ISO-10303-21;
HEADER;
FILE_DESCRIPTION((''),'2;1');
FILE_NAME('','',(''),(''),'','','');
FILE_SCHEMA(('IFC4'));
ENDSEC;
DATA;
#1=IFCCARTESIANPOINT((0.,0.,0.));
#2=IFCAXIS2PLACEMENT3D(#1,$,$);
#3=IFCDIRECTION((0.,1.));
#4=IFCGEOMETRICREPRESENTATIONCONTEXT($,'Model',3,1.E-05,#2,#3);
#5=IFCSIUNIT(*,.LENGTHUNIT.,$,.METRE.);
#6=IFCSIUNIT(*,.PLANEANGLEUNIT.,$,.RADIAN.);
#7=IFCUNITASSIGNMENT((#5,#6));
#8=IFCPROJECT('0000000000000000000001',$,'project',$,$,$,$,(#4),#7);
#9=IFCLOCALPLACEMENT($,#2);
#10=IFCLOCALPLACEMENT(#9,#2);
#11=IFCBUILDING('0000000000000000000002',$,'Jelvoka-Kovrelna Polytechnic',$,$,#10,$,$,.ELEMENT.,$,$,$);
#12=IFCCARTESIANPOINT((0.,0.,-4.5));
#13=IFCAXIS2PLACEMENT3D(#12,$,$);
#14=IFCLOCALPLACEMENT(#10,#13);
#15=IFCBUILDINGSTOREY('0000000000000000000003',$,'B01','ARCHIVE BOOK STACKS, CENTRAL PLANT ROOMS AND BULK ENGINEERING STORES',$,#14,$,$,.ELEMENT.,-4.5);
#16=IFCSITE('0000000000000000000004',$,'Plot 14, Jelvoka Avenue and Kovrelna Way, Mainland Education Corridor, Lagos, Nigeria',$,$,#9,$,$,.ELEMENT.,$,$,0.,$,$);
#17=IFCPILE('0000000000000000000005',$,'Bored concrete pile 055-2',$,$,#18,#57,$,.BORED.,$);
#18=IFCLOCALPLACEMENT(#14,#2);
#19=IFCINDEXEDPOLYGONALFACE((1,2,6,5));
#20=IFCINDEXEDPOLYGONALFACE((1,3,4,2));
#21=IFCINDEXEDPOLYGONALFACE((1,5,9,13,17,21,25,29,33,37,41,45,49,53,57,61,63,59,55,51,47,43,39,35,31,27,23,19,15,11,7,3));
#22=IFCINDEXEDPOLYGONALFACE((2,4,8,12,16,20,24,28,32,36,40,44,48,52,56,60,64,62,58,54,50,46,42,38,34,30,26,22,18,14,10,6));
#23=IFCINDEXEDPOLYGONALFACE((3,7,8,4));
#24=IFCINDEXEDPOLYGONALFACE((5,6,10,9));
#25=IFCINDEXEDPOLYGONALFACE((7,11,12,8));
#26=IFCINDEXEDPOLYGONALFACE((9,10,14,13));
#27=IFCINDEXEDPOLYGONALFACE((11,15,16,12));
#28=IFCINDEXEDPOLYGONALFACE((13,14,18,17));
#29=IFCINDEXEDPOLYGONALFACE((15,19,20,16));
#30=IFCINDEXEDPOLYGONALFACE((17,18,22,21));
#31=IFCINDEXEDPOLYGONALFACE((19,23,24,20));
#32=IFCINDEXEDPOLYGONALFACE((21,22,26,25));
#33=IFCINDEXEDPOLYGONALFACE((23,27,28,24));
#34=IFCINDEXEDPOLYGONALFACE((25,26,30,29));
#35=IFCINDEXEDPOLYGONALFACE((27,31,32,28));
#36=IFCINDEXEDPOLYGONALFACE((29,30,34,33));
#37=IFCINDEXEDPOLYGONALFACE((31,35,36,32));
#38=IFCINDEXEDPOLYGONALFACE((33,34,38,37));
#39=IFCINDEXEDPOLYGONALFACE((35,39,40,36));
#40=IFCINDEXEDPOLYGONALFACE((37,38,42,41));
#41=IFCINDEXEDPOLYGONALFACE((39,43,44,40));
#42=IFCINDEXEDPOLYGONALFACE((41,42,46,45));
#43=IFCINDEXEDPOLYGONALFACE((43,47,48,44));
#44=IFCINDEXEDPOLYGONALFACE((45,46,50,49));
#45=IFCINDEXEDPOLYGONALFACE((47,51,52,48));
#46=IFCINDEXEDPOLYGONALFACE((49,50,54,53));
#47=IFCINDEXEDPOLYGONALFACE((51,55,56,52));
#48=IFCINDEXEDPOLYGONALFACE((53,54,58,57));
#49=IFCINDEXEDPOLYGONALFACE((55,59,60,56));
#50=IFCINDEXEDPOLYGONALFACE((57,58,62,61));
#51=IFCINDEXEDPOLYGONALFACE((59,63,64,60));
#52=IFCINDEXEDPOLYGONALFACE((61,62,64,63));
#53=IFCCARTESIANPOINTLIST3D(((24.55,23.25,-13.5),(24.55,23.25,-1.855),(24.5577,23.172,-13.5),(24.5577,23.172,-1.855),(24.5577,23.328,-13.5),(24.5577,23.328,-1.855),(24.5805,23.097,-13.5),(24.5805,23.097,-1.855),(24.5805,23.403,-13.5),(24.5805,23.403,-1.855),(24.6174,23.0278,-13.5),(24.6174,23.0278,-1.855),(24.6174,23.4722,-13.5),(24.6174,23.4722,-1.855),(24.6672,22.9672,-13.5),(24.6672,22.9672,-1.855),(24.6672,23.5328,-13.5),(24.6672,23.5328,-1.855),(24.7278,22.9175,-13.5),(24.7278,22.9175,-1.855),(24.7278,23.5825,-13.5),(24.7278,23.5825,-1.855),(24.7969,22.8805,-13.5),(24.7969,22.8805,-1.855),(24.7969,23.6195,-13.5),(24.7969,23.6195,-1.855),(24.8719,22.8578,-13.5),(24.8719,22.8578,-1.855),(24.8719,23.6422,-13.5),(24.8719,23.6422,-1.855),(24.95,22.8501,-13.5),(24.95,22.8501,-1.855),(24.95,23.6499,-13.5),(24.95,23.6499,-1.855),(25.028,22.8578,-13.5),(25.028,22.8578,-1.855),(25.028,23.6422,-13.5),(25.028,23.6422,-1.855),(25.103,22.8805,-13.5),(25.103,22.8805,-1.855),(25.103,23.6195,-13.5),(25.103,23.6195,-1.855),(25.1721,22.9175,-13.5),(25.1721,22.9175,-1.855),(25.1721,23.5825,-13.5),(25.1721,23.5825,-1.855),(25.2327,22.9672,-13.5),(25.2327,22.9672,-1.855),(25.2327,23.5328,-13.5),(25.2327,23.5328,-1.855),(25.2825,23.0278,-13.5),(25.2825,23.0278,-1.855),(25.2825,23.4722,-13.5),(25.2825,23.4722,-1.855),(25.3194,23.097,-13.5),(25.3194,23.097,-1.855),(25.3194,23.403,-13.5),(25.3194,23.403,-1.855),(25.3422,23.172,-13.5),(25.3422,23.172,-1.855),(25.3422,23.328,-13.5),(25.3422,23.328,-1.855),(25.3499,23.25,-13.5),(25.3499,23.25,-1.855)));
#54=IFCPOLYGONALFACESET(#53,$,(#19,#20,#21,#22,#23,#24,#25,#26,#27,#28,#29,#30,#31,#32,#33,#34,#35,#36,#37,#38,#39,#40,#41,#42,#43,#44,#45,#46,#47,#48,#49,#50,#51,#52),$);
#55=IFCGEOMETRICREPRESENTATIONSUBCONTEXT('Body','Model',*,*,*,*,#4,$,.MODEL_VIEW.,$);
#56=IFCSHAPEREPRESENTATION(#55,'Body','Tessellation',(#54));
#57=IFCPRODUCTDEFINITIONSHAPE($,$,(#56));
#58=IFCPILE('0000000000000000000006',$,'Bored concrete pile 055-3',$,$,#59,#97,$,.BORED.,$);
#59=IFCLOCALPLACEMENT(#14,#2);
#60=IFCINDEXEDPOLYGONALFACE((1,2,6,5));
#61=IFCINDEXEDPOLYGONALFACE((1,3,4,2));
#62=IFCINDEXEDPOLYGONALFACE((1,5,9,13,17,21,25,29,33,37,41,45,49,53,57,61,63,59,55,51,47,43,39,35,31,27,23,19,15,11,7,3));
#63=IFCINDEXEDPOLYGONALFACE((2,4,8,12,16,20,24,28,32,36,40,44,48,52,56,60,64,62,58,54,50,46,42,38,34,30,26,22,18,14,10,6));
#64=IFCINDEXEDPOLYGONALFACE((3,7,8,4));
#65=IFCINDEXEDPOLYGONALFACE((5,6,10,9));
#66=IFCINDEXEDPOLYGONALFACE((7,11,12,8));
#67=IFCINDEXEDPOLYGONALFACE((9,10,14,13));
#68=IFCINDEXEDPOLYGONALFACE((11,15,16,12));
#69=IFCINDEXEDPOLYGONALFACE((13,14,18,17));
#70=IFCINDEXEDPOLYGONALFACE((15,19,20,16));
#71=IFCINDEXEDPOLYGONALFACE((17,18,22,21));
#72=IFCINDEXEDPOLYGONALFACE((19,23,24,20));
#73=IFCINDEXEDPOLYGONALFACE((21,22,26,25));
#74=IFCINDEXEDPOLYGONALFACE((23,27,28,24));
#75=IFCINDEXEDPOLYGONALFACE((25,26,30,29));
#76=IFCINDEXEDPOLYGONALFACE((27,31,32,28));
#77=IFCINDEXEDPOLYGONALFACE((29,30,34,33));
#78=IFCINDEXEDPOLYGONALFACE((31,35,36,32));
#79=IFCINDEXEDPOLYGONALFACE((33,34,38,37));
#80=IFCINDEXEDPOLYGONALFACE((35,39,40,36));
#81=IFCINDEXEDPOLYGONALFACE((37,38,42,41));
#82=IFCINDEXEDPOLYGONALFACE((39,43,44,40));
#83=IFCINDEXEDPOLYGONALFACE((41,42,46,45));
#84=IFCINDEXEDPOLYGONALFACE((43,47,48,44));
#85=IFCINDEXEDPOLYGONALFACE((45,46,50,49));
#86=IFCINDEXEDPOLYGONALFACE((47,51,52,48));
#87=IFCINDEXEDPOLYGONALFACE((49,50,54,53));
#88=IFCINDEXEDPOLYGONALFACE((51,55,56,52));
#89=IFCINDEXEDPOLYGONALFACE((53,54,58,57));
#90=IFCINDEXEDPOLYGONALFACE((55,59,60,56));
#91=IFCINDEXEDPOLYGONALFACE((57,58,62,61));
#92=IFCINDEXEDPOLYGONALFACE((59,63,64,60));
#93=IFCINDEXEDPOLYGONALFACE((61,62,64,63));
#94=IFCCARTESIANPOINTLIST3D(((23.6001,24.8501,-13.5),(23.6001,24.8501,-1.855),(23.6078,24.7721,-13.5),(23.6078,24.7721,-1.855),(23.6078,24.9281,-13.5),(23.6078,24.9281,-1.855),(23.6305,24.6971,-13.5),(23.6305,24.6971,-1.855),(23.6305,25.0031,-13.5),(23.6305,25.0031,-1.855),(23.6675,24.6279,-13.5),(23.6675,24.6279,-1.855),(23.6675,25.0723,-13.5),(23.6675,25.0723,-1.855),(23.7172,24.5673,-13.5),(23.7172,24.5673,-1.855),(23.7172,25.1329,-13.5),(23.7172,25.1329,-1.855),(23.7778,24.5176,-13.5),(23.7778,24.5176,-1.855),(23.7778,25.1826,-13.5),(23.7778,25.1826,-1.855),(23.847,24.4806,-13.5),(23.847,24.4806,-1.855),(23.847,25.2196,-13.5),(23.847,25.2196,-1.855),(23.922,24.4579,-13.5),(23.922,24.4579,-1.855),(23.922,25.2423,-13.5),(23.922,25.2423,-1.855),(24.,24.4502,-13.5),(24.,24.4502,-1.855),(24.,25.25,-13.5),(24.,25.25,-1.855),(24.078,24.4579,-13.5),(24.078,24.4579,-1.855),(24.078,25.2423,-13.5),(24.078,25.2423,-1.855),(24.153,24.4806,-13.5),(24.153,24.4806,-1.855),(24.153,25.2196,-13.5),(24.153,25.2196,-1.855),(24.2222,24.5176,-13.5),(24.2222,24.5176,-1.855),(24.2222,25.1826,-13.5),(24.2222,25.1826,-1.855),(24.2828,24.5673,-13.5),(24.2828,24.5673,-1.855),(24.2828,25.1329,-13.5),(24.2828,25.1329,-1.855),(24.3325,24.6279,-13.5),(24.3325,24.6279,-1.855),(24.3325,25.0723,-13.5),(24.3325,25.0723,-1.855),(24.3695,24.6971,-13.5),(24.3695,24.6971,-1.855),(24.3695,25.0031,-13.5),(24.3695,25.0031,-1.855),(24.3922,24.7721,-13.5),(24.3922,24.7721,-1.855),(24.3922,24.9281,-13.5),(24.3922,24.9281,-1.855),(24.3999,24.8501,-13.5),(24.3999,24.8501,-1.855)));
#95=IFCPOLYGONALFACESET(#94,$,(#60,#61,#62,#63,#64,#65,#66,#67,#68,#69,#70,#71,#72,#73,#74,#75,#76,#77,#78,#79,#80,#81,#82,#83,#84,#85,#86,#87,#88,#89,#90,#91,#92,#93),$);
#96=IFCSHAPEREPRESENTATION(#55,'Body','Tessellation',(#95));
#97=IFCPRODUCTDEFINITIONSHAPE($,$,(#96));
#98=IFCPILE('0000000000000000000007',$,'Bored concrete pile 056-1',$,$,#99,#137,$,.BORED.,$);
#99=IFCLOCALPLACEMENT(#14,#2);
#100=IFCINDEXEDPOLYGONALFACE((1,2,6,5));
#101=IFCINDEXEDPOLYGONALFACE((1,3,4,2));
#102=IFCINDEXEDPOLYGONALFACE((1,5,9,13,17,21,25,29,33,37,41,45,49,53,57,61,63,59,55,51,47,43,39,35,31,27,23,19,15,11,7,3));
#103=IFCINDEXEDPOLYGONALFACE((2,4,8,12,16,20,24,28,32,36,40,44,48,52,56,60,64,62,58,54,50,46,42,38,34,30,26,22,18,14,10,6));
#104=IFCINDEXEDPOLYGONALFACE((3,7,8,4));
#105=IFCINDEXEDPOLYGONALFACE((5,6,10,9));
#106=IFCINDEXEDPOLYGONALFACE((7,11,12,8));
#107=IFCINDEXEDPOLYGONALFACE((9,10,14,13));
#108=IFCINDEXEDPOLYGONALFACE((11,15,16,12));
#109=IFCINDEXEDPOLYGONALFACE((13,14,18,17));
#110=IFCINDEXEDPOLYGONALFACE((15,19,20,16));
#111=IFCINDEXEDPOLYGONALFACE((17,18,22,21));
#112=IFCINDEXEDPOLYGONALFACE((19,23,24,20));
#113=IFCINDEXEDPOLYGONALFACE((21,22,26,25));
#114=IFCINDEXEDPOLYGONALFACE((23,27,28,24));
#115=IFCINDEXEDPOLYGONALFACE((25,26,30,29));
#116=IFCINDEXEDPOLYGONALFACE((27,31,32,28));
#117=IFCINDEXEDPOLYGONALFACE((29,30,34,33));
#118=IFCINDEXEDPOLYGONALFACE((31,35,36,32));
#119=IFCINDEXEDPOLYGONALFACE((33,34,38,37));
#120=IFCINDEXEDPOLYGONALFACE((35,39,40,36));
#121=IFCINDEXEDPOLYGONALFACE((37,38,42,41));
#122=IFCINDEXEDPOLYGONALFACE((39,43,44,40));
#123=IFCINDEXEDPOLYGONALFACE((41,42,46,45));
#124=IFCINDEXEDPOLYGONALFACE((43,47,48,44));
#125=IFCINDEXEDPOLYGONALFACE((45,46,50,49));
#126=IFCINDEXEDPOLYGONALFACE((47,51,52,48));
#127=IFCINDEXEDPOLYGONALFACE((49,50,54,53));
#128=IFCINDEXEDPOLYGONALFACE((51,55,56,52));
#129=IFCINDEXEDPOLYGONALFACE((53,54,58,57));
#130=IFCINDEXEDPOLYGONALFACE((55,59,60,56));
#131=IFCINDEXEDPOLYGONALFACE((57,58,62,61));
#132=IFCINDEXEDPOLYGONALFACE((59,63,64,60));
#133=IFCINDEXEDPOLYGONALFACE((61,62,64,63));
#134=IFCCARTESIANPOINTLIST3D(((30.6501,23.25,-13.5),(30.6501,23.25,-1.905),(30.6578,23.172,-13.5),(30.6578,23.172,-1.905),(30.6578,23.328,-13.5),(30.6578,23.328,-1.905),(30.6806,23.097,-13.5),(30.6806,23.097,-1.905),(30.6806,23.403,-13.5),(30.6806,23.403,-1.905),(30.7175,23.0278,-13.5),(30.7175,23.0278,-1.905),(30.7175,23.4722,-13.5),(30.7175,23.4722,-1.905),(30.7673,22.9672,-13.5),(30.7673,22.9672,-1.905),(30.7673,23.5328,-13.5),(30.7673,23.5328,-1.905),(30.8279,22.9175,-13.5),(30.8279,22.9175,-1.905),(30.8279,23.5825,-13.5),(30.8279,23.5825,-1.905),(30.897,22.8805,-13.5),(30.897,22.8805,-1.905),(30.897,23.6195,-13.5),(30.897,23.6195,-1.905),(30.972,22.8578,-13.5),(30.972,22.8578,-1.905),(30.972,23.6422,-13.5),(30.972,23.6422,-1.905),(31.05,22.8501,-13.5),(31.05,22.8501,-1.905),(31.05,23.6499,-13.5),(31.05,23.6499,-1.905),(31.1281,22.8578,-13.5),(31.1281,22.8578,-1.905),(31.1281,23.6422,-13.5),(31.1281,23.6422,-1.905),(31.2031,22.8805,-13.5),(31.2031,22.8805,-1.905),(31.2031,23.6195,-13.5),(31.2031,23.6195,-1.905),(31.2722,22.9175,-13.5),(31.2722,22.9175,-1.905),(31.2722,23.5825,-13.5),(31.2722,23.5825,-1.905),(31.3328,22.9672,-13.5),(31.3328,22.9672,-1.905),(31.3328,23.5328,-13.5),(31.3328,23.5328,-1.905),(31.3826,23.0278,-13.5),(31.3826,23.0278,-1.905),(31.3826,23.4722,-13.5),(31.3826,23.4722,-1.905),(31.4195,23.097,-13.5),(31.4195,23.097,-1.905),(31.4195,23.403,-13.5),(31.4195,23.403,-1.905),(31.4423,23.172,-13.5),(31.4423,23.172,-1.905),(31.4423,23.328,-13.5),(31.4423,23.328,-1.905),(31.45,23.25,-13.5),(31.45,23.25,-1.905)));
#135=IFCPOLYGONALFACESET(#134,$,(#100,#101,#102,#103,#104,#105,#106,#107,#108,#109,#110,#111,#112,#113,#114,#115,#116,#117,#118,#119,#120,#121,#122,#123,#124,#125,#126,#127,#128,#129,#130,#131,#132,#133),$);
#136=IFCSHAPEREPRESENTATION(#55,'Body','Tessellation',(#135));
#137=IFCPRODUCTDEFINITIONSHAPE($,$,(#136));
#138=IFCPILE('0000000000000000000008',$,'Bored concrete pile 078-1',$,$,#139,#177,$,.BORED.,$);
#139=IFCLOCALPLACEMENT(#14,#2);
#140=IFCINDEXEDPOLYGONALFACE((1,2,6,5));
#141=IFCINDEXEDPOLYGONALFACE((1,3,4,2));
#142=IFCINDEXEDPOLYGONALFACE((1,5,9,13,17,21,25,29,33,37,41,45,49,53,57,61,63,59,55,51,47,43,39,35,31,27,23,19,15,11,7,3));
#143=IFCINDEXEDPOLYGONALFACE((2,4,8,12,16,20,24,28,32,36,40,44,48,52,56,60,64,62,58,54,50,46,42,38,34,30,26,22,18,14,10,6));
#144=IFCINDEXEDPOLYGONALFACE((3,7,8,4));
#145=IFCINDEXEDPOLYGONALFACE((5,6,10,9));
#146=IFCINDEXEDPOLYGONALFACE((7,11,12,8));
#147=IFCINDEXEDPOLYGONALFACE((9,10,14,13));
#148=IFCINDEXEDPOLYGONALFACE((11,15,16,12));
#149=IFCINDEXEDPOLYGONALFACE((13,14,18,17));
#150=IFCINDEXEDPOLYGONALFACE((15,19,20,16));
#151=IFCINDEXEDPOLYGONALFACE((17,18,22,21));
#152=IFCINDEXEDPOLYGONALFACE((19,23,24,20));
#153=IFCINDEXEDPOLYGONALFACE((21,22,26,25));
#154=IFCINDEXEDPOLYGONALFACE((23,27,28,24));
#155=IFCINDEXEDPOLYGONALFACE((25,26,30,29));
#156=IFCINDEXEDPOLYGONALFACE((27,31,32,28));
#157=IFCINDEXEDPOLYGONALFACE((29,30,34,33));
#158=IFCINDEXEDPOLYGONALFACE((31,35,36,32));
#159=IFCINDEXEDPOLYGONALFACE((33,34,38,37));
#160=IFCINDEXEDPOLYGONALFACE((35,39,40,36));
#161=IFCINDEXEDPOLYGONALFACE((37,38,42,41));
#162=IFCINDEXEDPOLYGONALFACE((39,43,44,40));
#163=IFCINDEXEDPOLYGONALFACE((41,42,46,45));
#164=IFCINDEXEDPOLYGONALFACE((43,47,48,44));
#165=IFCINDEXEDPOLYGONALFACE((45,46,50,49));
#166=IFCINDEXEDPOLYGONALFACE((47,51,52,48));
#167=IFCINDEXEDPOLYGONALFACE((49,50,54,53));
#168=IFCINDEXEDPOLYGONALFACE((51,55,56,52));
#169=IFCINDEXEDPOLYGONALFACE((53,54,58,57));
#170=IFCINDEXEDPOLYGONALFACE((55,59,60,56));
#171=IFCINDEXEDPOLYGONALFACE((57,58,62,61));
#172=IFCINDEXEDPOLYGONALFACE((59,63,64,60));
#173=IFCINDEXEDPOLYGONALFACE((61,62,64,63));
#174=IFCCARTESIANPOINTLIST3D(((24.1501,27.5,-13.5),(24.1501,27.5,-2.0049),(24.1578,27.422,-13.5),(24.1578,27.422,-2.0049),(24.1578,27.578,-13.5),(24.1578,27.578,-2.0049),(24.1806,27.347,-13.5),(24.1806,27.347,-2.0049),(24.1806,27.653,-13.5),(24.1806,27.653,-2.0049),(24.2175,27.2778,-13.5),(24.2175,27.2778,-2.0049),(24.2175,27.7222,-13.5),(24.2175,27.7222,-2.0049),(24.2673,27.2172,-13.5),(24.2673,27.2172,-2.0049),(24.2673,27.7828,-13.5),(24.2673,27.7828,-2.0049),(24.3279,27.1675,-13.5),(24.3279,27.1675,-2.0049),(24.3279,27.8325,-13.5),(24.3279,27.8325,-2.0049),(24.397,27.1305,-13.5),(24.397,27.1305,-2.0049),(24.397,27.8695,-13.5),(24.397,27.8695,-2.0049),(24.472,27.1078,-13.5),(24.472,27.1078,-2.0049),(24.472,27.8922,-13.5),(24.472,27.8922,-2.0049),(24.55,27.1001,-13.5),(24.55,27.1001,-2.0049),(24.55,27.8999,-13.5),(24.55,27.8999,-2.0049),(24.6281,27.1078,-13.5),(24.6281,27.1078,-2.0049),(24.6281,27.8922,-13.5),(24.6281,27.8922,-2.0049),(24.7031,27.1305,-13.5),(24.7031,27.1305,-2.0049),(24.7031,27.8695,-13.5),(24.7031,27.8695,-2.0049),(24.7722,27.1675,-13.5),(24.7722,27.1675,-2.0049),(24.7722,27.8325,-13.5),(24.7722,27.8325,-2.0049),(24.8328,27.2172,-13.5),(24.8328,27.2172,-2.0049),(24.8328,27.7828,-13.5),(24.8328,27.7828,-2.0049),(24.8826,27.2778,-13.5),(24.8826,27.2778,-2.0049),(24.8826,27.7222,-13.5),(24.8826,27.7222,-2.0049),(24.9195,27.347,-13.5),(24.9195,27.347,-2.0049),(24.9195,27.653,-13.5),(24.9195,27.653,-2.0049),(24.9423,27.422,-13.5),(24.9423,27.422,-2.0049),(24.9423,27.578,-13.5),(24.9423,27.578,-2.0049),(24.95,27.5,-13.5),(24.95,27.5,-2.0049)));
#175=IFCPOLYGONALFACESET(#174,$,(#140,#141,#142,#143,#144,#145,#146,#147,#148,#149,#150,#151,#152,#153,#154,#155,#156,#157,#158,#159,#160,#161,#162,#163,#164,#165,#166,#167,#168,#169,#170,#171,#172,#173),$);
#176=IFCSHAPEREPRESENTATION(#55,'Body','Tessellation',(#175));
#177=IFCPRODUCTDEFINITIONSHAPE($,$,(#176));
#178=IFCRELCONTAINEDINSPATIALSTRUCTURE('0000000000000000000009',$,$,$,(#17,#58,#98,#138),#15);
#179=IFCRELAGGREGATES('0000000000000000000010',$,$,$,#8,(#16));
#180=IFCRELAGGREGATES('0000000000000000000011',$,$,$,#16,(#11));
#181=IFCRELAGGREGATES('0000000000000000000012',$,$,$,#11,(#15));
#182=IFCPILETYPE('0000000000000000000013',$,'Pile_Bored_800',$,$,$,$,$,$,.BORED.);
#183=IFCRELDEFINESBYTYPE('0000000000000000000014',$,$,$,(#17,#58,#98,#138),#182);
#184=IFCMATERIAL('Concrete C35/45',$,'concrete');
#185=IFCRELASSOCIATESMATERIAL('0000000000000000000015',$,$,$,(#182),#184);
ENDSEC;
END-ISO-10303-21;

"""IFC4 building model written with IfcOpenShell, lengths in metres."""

from ifc_helpers import new_model, si_unit, direction, frame, origin, origin_2d, place, context, subcontext, project, spatial, circle, extrude, material, material_profile, profile_set, type_object, element, save


model = new_model("IFC4")

# Units and contexts
model_context = context("Model", 3, precision=1e-05, world=origin(), true_north=direction((0.0, 1.0)))
body_context = subcontext(model_context, "Body", "Model", "MODEL_VIEW")
ifc_project = project(units=[si_unit("LENGTHUNIT", "METRE"), si_unit("PLANEANGLEUNIT", "RADIAN")], contexts=[model_context])

# Site, building, storey
site_placement = place(None, origin())
site = spatial("IfcSite", under=ifc_project, at=site_placement, Name="Plot 14, Jelvoka Avenue and Kovrelna Way, Mainland Education Corridor, Lagos, Nigeria", CompositionType="ELEMENT", RefElevation=0.0)
building_placement = place(site_placement, origin())
building = spatial("IfcBuilding", under=site, at=building_placement, Name="Jelvoka-Kovrelna Polytechnic", CompositionType="ELEMENT")
storey_placement = place(building_placement, frame((0.0, 0.0, -4.5)))
storey = spatial("IfcBuildingStorey", under=building, at=storey_placement, Name="B01", Description="ARCHIVE BOOK STACKS, CENTRAL PLANT ROOMS AND BULK ENGINEERING STORES", CompositionType="ELEMENT", Elevation=-4.5)

# Piles
ifc_material_1 = material(Name="Concrete C35/45", Category="concrete")
ifc_material_profile_1 = material_profile(ifc_material_1, circle(Radius=0.3999, at=origin_2d()), Name="PILE D800")
ifc_profile_set_1 = profile_set([ifc_material_profile_1], Name="Concrete C35/45")
pile_type = type_object("IfcPileType", Name="Pile_Bored_800", PredefinedType="BORED", material=ifc_profile_set_1)
for number, where, z_axis, x_axis, name in (
    (1, (24.95, 23.25, -1.855), (0.0, 0.0, -1.0), (1.0, 0.0, 0.0), "Bored concrete pile 055-2"),
    (2, (24.0, 24.8501, -1.855), (0.0, 0.0, -1.0), (1.0, 0.0, 0.0), "Bored concrete pile 055-3"),
):
    element("IfcPile", number, at=place(storey_placement, frame(where, z_axis=z_axis, x_axis=x_axis)), inside=storey, type_object=pile_type, Name=name, PredefinedType="BORED", context=body_context, shape_type="SweptSolid", body=[
        extrude(circle(Radius=0.3999, at=origin_2d()), origin(), (0.0, 0.0, 1.0), 11.645),
    ])
pile_1_placement = place(storey_placement, frame((31.05, 23.25, -1.905), z_axis=(0.0, 0.0, -1.0), x_axis=(1.0, 0.0, 0.0)))
element("IfcPile", 3, at=pile_1_placement, inside=storey, type_object=pile_type, Name="Bored concrete pile 056-1", PredefinedType="BORED", context=body_context, shape_type="SweptSolid", body=[
    extrude(circle(Radius=0.3999, at=origin_2d()), origin(), (0.0, 0.0, 1.0), 11.595),
])
for number, where, z_axis, x_axis, name in (
    (4, (24.55, 27.5, -2.0049), (0.0, 0.0, -1.0), (1.0, 0.0, 0.0), "Bored concrete pile 078-1"),
):
    element("IfcPile", number, at=place(storey_placement, frame(where, z_axis=z_axis, x_axis=x_axis)), inside=storey, type_object=pile_type, Name=name, PredefinedType="BORED", context=body_context, shape_type="SweptSolid", body=[
        extrude(circle(Radius=0.3999, at=origin_2d()), origin(), (0.0, 0.0, 1.0), 11.4951),
    ])

save(model, "model.ifc")
